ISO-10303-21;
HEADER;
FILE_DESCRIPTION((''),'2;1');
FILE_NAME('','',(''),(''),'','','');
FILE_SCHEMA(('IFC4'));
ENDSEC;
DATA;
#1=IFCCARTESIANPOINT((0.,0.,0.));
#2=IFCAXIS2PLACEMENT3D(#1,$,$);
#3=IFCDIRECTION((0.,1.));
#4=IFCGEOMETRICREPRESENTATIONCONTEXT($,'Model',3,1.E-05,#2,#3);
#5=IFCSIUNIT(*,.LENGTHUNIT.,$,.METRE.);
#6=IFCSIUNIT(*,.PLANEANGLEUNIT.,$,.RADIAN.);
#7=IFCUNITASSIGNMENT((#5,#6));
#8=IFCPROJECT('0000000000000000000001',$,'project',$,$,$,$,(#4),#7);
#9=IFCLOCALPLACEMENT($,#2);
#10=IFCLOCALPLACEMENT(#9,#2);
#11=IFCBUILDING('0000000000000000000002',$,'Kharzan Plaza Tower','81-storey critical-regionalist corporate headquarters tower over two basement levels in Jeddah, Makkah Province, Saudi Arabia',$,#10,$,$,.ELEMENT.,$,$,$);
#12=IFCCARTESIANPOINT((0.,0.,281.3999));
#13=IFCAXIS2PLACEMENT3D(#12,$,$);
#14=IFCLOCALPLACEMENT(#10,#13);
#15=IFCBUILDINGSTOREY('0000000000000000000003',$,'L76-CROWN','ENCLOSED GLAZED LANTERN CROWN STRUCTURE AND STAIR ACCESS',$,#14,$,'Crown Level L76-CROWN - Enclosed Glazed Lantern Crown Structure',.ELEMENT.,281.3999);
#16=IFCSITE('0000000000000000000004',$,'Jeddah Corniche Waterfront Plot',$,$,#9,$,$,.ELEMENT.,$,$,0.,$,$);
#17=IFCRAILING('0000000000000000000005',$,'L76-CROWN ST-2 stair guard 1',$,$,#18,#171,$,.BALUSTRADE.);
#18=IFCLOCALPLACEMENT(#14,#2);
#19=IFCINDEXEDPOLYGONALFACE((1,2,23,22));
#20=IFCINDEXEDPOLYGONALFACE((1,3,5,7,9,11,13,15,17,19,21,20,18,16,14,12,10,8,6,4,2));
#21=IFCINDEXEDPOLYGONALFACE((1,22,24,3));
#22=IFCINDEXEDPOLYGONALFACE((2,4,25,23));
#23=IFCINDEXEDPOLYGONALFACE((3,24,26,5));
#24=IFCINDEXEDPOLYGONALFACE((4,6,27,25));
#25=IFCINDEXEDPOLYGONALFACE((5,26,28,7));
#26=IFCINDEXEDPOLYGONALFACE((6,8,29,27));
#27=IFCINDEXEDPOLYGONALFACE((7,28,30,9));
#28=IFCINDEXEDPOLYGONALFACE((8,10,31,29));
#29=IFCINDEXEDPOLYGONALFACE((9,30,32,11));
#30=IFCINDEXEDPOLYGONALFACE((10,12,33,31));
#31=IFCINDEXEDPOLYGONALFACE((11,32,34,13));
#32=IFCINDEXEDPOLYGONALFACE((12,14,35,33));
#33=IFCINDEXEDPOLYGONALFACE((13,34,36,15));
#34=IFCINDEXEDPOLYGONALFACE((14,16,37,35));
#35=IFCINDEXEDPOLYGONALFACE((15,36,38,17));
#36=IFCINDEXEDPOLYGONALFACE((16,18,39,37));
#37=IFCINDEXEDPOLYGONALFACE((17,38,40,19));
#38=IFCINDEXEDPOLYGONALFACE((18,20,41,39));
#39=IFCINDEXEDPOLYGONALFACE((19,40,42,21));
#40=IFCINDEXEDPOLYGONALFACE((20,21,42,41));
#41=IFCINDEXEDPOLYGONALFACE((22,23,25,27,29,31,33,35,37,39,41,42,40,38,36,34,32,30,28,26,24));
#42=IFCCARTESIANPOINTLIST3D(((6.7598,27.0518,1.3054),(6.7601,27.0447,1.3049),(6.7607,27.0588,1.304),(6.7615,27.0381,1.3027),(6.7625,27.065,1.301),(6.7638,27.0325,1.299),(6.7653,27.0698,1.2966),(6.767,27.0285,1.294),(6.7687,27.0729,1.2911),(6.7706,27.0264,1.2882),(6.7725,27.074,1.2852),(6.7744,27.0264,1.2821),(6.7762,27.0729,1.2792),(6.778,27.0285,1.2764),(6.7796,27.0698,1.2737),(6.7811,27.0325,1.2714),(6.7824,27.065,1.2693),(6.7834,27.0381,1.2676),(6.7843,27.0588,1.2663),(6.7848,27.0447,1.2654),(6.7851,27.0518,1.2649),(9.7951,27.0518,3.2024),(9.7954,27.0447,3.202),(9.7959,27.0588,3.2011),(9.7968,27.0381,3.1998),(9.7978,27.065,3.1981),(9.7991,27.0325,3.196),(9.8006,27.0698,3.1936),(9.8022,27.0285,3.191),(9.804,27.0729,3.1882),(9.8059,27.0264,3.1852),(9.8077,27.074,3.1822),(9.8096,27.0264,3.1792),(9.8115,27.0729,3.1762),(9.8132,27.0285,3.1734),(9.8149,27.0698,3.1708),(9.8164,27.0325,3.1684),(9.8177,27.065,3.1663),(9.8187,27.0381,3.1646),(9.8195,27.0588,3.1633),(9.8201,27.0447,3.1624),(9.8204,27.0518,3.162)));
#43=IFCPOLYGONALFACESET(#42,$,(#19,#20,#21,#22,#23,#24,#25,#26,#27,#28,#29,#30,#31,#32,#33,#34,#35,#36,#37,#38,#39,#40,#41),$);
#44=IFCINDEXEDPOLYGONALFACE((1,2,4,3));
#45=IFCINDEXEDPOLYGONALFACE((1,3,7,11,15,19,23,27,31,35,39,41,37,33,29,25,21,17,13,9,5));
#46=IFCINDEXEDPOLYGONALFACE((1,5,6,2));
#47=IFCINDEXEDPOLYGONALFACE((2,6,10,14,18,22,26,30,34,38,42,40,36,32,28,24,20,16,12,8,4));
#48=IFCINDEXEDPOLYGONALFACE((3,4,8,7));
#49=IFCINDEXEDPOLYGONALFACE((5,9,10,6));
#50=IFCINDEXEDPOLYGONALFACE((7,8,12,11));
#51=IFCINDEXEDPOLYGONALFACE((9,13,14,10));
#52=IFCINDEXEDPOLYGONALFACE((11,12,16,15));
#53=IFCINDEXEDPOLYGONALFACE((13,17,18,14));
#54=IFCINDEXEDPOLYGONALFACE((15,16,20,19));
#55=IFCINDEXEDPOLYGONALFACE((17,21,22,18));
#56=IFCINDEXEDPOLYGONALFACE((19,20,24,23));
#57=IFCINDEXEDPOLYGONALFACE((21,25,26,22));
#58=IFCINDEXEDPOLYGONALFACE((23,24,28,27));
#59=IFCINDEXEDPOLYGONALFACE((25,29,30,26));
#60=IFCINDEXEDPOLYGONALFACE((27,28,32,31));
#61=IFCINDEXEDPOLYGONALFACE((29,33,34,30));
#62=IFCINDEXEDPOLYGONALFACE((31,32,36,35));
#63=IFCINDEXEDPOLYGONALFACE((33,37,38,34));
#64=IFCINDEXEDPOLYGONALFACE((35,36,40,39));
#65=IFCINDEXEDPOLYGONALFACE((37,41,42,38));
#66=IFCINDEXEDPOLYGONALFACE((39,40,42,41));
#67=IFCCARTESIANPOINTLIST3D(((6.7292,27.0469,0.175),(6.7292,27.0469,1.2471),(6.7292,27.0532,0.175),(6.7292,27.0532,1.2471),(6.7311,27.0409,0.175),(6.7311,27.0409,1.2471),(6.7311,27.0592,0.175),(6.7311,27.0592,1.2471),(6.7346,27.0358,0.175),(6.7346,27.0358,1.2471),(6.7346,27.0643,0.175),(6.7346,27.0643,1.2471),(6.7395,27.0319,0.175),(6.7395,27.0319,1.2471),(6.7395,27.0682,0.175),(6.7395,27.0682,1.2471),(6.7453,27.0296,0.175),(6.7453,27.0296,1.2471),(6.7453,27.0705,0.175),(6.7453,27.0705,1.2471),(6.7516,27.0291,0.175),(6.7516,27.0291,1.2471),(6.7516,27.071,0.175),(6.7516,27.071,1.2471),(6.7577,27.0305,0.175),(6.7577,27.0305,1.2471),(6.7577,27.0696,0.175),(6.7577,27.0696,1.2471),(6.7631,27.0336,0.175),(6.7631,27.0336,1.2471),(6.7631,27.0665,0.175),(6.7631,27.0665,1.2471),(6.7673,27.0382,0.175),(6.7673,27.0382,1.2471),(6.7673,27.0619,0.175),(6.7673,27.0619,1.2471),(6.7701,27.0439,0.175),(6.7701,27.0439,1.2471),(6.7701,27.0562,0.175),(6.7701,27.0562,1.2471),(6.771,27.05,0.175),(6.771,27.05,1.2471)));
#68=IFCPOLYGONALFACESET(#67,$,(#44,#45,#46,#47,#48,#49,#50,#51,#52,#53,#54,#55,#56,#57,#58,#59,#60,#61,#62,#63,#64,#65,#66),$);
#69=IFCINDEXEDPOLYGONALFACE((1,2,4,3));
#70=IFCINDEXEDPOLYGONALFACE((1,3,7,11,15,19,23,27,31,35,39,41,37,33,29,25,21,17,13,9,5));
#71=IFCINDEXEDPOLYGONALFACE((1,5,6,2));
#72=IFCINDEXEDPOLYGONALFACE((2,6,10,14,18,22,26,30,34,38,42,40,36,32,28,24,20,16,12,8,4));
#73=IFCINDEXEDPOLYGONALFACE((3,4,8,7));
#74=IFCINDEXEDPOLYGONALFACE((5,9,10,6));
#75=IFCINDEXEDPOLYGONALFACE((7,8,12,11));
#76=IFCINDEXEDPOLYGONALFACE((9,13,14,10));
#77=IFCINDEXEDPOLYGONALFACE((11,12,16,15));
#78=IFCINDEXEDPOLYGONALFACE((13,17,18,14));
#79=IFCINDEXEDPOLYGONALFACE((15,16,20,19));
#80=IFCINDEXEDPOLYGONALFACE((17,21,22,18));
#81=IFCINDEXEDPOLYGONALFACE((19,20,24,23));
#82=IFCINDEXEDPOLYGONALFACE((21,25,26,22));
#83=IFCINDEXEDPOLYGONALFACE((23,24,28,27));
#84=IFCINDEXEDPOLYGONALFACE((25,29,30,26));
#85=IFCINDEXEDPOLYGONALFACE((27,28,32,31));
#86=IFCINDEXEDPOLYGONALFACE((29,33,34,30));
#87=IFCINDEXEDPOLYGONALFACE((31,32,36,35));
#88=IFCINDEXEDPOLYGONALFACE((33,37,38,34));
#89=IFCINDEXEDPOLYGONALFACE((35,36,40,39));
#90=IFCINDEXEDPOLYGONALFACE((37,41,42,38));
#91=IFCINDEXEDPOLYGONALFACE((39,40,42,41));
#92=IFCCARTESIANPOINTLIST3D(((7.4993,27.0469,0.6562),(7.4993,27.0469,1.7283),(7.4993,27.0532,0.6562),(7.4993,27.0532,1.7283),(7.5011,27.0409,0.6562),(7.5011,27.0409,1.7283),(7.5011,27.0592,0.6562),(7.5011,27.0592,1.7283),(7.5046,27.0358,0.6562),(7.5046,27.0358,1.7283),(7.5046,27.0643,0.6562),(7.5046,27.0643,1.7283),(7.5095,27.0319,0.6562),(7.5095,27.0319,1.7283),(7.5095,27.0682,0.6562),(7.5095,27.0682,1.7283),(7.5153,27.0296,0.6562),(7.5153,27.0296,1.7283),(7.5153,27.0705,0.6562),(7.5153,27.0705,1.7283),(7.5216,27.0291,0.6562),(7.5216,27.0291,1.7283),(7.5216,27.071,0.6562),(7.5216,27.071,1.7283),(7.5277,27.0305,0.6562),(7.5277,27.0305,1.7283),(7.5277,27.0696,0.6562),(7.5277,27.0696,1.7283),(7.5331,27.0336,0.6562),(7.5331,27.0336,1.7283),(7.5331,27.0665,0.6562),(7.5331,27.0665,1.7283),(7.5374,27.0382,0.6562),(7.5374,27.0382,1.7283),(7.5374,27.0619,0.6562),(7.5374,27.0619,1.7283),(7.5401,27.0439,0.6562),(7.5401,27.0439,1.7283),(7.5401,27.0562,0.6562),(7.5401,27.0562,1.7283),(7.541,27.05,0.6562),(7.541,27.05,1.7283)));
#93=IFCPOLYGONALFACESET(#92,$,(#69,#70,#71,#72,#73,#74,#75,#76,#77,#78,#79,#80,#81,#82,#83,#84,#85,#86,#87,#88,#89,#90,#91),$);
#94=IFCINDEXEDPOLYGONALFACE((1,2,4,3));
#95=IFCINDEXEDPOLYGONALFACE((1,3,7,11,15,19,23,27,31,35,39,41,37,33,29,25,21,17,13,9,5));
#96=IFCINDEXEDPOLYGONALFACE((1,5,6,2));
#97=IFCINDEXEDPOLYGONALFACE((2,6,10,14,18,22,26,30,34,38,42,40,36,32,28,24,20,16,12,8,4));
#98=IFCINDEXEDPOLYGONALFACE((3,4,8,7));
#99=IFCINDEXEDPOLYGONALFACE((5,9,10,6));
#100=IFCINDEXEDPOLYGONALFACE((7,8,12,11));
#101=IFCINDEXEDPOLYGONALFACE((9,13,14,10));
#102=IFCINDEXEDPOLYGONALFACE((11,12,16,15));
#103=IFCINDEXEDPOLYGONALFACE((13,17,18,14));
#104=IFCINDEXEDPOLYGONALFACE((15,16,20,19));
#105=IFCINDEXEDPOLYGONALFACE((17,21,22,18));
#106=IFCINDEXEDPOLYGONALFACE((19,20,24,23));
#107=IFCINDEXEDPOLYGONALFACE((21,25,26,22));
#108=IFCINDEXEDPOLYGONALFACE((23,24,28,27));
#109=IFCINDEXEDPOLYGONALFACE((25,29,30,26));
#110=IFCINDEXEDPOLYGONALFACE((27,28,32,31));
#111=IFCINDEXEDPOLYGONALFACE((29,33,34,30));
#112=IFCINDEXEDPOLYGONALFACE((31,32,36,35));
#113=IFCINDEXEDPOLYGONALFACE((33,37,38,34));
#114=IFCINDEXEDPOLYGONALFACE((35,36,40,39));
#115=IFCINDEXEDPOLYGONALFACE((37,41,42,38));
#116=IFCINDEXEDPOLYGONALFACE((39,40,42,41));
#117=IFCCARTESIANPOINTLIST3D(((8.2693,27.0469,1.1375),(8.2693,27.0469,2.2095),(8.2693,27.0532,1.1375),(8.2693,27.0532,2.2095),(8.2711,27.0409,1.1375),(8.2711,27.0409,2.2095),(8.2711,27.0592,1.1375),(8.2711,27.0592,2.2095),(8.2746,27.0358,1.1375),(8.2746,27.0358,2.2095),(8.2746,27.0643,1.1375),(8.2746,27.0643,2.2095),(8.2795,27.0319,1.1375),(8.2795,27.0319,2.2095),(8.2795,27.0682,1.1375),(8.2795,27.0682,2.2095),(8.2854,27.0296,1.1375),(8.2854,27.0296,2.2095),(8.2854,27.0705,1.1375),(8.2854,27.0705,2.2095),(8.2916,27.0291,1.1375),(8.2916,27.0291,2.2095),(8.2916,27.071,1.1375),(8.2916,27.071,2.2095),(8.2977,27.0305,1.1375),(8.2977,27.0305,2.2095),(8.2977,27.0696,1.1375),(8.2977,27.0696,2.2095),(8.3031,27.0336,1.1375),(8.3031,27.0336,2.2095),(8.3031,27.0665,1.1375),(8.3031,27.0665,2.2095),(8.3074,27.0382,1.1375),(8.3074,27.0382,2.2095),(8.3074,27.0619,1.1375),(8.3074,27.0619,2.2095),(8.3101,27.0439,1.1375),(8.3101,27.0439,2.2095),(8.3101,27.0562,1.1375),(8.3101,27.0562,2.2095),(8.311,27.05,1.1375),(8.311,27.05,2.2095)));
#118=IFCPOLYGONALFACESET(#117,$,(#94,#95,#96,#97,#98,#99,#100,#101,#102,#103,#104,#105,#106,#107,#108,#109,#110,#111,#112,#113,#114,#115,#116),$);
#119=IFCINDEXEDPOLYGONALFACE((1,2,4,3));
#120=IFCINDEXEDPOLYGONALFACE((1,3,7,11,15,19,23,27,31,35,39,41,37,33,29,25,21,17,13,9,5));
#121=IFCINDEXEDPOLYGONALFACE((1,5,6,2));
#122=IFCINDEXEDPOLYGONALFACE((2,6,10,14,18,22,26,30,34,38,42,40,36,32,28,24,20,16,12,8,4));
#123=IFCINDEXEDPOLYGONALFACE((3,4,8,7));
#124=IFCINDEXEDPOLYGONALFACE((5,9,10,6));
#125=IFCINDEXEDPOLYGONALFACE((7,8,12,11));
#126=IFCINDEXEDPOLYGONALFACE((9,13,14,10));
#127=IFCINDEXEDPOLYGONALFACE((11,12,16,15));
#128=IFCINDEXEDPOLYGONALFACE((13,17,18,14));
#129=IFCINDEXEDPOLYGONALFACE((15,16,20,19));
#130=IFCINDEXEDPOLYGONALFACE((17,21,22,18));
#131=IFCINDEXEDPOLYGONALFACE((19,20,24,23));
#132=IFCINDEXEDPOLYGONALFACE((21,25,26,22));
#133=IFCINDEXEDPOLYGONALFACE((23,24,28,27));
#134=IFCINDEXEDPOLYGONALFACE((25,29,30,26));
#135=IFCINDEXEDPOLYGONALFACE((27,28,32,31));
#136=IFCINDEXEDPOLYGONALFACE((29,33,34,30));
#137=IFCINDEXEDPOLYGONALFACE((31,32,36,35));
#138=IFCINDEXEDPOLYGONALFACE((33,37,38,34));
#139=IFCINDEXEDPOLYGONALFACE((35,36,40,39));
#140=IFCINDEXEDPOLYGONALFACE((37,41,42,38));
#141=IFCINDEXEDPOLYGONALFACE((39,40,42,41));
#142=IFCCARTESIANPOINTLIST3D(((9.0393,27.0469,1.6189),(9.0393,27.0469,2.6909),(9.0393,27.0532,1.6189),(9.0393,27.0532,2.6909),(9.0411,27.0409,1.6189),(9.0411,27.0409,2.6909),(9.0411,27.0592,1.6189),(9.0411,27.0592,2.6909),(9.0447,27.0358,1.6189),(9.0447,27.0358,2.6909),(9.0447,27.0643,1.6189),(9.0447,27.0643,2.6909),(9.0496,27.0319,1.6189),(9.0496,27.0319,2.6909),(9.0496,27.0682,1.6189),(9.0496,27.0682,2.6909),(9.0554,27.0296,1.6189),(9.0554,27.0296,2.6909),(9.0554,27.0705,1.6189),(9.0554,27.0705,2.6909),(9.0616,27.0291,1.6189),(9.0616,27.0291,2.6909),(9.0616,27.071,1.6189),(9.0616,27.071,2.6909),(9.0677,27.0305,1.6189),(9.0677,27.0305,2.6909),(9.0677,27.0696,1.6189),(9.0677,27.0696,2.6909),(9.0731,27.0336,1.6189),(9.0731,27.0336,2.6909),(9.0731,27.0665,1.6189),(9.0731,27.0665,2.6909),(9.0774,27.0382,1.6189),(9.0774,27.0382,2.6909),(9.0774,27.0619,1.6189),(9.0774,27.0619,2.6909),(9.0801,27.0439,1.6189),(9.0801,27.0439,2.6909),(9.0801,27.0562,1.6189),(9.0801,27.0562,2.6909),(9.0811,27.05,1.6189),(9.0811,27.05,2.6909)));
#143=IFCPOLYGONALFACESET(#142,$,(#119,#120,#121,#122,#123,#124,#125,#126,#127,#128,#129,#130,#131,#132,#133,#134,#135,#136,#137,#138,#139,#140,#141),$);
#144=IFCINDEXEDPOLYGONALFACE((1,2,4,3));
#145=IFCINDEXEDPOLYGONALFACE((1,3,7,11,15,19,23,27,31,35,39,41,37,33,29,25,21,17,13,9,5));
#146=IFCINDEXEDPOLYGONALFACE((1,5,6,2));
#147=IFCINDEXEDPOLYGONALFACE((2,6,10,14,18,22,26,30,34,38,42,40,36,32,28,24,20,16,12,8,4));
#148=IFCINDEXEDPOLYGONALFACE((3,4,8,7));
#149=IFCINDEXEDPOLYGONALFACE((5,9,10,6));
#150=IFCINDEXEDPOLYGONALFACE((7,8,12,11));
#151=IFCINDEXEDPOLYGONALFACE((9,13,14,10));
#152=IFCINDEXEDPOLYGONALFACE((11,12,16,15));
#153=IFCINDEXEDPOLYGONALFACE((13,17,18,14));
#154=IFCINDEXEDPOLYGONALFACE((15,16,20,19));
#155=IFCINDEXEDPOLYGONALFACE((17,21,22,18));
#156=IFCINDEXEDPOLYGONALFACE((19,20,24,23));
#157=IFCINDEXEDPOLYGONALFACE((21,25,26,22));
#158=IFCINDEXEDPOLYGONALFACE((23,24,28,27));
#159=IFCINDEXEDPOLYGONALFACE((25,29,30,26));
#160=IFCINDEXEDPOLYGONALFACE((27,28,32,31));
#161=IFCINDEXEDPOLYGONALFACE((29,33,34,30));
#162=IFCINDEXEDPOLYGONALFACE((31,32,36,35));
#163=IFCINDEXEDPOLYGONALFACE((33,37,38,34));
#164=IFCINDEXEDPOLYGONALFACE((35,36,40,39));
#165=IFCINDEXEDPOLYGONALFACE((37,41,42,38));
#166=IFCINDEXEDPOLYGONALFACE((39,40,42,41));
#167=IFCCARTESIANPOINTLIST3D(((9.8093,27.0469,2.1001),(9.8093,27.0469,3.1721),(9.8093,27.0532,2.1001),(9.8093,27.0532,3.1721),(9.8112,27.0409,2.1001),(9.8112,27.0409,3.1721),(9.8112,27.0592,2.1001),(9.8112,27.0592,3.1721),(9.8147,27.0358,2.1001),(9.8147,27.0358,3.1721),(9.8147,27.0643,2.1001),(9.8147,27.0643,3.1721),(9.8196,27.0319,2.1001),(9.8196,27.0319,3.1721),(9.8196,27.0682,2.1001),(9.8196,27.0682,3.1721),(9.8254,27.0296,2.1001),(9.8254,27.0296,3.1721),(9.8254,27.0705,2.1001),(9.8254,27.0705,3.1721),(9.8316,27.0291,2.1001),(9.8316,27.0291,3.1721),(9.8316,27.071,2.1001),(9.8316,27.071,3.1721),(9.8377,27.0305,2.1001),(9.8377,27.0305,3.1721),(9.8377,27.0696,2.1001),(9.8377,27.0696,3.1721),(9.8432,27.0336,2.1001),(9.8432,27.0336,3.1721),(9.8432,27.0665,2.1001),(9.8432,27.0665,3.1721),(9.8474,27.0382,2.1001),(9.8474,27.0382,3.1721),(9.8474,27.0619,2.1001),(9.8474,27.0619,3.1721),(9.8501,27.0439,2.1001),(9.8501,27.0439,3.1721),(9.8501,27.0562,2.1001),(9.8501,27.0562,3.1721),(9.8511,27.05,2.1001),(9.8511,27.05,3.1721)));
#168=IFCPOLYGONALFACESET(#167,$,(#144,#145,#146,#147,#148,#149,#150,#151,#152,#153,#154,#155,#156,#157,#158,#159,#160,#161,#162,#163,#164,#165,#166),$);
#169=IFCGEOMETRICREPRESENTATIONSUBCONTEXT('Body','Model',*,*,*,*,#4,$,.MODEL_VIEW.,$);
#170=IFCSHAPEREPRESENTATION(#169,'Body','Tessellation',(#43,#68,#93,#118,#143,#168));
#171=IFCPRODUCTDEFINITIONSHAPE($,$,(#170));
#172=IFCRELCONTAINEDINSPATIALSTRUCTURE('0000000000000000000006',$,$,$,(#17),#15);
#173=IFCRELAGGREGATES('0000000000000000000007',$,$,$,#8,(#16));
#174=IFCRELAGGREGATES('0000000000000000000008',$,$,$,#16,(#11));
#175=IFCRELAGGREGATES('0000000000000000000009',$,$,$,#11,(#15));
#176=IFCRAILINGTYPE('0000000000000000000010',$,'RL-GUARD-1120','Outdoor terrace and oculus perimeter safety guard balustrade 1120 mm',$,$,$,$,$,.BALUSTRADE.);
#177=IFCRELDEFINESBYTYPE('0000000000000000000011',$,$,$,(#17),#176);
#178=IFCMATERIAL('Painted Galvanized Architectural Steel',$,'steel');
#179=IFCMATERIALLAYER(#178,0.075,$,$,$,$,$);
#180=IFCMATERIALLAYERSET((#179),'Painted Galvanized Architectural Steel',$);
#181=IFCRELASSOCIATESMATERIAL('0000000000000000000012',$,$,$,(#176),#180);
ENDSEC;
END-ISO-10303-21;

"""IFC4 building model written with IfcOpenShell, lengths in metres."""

from ifc_helpers import new_model, si_unit, direction, frame, origin, origin_2d, place, context, subcontext, project, spatial, circle, extrude, source, transform, mapped, material, layer, layer_set, type_object, element, save


model = new_model("IFC4")

# Units and contexts
model_context = context("Model", 3, precision=1e-05, world=origin(), true_north=direction((0.0, 1.0)))
body_context = subcontext(model_context, "Body", "Model", "MODEL_VIEW")
ifc_project = project(units=[si_unit("LENGTHUNIT", "METRE"), si_unit("PLANEANGLEUNIT", "RADIAN")], contexts=[model_context])

# Site, building, storey
site_placement = place(None, origin())
site = spatial("IfcSite", under=ifc_project, at=site_placement, Name="Jeddah Corniche Waterfront Plot", CompositionType="ELEMENT", RefElevation=0.0)
building_placement = place(site_placement, origin())
building = spatial("IfcBuilding", under=site, at=building_placement, Name="Kharzan Plaza Tower", Description="81-storey critical-regionalist corporate headquarters tower over two basement levels in Jeddah, Makkah Province, Saudi Arabia", CompositionType="ELEMENT")
storey_placement = place(building_placement, frame((0.0, 0.0, 281.3999)))
storey = spatial("IfcBuildingStorey", under=building, at=storey_placement, Name="L76-CROWN", Description="ENCLOSED GLAZED LANTERN CROWN STRUCTURE AND STAIR ACCESS", LongName="Crown Level L76-CROWN - Enclosed Glazed Lantern Crown Structure", CompositionType="ELEMENT", Elevation=281.3999)

# Railing
ifc_material_1 = material(Name="Painted Galvanized Architectural Steel", Category="steel")
ifc_layer_1 = layer(ifc_material_1, 0.075)
ifc_layer_set_1 = layer_set([ifc_layer_1], Name="Painted Galvanized Architectural Steel")
railing_type_1 = type_object("IfcRailingType", Name="RL-GUARD-1120", Description="Outdoor terrace and oculus perimeter safety guard balustrade 1120 mm", PredefinedType="BALUSTRADE", material=ifc_layer_set_1)
shared_shape_1 = source(origin(), body_context, "Body", "SweptSolid", [
    extrude(circle(Radius=0.0239, at=origin_2d()), frame((0.0225, 0.0, 1.1101), z_axis=(0.847998, 0.0, 0.529999), x_axis=(0.0, 1.0, 0.0)), (0.0, 0.0, 1.0), 3.5793),
    extrude(circle(Radius=0.021, at=origin_2d()), origin(), (0.0, 0.0, 1.0), 1.072),
    extrude(circle(Radius=0.021, at=origin_2d()), frame((0.77, 0.0, 0.4812)), (0.0, 0.0, 1.0), 1.072),
    extrude(circle(Radius=0.021, at=origin_2d()), frame((1.54, 0.0, 0.9624)), (0.0, 0.0, 1.0), 1.072),
    extrude(circle(Radius=0.021, at=origin_2d()), frame((2.3101, 0.0, 1.4438)), (0.0, 0.0, 1.0), 1.072),
    extrude(circle(Radius=0.021, at=origin_2d()), frame((3.0801, 0.0, 1.925)), (0.0, 0.0, 1.0), 1.072),
])
railing_1_placement = place(storey_placement, frame((6.75, 27.05, 0.175)))
element("IfcRailing", 1, at=railing_1_placement, inside=storey, type_object=railing_type_1, Name="L76-CROWN ST-2 stair guard 1", PredefinedType="BALUSTRADE", context=body_context, shape_type="MappedRepresentation", body=[
    mapped(shared_shape_1, transform((0.0, 0.0, 0.0), x_axis=(1.0, 0.0, 0.0), y_axis=(0.0, 1.0, 0.0), z_axis=(0.0, 0.0, 1.0))),
])

save(model, "model.ifc")
